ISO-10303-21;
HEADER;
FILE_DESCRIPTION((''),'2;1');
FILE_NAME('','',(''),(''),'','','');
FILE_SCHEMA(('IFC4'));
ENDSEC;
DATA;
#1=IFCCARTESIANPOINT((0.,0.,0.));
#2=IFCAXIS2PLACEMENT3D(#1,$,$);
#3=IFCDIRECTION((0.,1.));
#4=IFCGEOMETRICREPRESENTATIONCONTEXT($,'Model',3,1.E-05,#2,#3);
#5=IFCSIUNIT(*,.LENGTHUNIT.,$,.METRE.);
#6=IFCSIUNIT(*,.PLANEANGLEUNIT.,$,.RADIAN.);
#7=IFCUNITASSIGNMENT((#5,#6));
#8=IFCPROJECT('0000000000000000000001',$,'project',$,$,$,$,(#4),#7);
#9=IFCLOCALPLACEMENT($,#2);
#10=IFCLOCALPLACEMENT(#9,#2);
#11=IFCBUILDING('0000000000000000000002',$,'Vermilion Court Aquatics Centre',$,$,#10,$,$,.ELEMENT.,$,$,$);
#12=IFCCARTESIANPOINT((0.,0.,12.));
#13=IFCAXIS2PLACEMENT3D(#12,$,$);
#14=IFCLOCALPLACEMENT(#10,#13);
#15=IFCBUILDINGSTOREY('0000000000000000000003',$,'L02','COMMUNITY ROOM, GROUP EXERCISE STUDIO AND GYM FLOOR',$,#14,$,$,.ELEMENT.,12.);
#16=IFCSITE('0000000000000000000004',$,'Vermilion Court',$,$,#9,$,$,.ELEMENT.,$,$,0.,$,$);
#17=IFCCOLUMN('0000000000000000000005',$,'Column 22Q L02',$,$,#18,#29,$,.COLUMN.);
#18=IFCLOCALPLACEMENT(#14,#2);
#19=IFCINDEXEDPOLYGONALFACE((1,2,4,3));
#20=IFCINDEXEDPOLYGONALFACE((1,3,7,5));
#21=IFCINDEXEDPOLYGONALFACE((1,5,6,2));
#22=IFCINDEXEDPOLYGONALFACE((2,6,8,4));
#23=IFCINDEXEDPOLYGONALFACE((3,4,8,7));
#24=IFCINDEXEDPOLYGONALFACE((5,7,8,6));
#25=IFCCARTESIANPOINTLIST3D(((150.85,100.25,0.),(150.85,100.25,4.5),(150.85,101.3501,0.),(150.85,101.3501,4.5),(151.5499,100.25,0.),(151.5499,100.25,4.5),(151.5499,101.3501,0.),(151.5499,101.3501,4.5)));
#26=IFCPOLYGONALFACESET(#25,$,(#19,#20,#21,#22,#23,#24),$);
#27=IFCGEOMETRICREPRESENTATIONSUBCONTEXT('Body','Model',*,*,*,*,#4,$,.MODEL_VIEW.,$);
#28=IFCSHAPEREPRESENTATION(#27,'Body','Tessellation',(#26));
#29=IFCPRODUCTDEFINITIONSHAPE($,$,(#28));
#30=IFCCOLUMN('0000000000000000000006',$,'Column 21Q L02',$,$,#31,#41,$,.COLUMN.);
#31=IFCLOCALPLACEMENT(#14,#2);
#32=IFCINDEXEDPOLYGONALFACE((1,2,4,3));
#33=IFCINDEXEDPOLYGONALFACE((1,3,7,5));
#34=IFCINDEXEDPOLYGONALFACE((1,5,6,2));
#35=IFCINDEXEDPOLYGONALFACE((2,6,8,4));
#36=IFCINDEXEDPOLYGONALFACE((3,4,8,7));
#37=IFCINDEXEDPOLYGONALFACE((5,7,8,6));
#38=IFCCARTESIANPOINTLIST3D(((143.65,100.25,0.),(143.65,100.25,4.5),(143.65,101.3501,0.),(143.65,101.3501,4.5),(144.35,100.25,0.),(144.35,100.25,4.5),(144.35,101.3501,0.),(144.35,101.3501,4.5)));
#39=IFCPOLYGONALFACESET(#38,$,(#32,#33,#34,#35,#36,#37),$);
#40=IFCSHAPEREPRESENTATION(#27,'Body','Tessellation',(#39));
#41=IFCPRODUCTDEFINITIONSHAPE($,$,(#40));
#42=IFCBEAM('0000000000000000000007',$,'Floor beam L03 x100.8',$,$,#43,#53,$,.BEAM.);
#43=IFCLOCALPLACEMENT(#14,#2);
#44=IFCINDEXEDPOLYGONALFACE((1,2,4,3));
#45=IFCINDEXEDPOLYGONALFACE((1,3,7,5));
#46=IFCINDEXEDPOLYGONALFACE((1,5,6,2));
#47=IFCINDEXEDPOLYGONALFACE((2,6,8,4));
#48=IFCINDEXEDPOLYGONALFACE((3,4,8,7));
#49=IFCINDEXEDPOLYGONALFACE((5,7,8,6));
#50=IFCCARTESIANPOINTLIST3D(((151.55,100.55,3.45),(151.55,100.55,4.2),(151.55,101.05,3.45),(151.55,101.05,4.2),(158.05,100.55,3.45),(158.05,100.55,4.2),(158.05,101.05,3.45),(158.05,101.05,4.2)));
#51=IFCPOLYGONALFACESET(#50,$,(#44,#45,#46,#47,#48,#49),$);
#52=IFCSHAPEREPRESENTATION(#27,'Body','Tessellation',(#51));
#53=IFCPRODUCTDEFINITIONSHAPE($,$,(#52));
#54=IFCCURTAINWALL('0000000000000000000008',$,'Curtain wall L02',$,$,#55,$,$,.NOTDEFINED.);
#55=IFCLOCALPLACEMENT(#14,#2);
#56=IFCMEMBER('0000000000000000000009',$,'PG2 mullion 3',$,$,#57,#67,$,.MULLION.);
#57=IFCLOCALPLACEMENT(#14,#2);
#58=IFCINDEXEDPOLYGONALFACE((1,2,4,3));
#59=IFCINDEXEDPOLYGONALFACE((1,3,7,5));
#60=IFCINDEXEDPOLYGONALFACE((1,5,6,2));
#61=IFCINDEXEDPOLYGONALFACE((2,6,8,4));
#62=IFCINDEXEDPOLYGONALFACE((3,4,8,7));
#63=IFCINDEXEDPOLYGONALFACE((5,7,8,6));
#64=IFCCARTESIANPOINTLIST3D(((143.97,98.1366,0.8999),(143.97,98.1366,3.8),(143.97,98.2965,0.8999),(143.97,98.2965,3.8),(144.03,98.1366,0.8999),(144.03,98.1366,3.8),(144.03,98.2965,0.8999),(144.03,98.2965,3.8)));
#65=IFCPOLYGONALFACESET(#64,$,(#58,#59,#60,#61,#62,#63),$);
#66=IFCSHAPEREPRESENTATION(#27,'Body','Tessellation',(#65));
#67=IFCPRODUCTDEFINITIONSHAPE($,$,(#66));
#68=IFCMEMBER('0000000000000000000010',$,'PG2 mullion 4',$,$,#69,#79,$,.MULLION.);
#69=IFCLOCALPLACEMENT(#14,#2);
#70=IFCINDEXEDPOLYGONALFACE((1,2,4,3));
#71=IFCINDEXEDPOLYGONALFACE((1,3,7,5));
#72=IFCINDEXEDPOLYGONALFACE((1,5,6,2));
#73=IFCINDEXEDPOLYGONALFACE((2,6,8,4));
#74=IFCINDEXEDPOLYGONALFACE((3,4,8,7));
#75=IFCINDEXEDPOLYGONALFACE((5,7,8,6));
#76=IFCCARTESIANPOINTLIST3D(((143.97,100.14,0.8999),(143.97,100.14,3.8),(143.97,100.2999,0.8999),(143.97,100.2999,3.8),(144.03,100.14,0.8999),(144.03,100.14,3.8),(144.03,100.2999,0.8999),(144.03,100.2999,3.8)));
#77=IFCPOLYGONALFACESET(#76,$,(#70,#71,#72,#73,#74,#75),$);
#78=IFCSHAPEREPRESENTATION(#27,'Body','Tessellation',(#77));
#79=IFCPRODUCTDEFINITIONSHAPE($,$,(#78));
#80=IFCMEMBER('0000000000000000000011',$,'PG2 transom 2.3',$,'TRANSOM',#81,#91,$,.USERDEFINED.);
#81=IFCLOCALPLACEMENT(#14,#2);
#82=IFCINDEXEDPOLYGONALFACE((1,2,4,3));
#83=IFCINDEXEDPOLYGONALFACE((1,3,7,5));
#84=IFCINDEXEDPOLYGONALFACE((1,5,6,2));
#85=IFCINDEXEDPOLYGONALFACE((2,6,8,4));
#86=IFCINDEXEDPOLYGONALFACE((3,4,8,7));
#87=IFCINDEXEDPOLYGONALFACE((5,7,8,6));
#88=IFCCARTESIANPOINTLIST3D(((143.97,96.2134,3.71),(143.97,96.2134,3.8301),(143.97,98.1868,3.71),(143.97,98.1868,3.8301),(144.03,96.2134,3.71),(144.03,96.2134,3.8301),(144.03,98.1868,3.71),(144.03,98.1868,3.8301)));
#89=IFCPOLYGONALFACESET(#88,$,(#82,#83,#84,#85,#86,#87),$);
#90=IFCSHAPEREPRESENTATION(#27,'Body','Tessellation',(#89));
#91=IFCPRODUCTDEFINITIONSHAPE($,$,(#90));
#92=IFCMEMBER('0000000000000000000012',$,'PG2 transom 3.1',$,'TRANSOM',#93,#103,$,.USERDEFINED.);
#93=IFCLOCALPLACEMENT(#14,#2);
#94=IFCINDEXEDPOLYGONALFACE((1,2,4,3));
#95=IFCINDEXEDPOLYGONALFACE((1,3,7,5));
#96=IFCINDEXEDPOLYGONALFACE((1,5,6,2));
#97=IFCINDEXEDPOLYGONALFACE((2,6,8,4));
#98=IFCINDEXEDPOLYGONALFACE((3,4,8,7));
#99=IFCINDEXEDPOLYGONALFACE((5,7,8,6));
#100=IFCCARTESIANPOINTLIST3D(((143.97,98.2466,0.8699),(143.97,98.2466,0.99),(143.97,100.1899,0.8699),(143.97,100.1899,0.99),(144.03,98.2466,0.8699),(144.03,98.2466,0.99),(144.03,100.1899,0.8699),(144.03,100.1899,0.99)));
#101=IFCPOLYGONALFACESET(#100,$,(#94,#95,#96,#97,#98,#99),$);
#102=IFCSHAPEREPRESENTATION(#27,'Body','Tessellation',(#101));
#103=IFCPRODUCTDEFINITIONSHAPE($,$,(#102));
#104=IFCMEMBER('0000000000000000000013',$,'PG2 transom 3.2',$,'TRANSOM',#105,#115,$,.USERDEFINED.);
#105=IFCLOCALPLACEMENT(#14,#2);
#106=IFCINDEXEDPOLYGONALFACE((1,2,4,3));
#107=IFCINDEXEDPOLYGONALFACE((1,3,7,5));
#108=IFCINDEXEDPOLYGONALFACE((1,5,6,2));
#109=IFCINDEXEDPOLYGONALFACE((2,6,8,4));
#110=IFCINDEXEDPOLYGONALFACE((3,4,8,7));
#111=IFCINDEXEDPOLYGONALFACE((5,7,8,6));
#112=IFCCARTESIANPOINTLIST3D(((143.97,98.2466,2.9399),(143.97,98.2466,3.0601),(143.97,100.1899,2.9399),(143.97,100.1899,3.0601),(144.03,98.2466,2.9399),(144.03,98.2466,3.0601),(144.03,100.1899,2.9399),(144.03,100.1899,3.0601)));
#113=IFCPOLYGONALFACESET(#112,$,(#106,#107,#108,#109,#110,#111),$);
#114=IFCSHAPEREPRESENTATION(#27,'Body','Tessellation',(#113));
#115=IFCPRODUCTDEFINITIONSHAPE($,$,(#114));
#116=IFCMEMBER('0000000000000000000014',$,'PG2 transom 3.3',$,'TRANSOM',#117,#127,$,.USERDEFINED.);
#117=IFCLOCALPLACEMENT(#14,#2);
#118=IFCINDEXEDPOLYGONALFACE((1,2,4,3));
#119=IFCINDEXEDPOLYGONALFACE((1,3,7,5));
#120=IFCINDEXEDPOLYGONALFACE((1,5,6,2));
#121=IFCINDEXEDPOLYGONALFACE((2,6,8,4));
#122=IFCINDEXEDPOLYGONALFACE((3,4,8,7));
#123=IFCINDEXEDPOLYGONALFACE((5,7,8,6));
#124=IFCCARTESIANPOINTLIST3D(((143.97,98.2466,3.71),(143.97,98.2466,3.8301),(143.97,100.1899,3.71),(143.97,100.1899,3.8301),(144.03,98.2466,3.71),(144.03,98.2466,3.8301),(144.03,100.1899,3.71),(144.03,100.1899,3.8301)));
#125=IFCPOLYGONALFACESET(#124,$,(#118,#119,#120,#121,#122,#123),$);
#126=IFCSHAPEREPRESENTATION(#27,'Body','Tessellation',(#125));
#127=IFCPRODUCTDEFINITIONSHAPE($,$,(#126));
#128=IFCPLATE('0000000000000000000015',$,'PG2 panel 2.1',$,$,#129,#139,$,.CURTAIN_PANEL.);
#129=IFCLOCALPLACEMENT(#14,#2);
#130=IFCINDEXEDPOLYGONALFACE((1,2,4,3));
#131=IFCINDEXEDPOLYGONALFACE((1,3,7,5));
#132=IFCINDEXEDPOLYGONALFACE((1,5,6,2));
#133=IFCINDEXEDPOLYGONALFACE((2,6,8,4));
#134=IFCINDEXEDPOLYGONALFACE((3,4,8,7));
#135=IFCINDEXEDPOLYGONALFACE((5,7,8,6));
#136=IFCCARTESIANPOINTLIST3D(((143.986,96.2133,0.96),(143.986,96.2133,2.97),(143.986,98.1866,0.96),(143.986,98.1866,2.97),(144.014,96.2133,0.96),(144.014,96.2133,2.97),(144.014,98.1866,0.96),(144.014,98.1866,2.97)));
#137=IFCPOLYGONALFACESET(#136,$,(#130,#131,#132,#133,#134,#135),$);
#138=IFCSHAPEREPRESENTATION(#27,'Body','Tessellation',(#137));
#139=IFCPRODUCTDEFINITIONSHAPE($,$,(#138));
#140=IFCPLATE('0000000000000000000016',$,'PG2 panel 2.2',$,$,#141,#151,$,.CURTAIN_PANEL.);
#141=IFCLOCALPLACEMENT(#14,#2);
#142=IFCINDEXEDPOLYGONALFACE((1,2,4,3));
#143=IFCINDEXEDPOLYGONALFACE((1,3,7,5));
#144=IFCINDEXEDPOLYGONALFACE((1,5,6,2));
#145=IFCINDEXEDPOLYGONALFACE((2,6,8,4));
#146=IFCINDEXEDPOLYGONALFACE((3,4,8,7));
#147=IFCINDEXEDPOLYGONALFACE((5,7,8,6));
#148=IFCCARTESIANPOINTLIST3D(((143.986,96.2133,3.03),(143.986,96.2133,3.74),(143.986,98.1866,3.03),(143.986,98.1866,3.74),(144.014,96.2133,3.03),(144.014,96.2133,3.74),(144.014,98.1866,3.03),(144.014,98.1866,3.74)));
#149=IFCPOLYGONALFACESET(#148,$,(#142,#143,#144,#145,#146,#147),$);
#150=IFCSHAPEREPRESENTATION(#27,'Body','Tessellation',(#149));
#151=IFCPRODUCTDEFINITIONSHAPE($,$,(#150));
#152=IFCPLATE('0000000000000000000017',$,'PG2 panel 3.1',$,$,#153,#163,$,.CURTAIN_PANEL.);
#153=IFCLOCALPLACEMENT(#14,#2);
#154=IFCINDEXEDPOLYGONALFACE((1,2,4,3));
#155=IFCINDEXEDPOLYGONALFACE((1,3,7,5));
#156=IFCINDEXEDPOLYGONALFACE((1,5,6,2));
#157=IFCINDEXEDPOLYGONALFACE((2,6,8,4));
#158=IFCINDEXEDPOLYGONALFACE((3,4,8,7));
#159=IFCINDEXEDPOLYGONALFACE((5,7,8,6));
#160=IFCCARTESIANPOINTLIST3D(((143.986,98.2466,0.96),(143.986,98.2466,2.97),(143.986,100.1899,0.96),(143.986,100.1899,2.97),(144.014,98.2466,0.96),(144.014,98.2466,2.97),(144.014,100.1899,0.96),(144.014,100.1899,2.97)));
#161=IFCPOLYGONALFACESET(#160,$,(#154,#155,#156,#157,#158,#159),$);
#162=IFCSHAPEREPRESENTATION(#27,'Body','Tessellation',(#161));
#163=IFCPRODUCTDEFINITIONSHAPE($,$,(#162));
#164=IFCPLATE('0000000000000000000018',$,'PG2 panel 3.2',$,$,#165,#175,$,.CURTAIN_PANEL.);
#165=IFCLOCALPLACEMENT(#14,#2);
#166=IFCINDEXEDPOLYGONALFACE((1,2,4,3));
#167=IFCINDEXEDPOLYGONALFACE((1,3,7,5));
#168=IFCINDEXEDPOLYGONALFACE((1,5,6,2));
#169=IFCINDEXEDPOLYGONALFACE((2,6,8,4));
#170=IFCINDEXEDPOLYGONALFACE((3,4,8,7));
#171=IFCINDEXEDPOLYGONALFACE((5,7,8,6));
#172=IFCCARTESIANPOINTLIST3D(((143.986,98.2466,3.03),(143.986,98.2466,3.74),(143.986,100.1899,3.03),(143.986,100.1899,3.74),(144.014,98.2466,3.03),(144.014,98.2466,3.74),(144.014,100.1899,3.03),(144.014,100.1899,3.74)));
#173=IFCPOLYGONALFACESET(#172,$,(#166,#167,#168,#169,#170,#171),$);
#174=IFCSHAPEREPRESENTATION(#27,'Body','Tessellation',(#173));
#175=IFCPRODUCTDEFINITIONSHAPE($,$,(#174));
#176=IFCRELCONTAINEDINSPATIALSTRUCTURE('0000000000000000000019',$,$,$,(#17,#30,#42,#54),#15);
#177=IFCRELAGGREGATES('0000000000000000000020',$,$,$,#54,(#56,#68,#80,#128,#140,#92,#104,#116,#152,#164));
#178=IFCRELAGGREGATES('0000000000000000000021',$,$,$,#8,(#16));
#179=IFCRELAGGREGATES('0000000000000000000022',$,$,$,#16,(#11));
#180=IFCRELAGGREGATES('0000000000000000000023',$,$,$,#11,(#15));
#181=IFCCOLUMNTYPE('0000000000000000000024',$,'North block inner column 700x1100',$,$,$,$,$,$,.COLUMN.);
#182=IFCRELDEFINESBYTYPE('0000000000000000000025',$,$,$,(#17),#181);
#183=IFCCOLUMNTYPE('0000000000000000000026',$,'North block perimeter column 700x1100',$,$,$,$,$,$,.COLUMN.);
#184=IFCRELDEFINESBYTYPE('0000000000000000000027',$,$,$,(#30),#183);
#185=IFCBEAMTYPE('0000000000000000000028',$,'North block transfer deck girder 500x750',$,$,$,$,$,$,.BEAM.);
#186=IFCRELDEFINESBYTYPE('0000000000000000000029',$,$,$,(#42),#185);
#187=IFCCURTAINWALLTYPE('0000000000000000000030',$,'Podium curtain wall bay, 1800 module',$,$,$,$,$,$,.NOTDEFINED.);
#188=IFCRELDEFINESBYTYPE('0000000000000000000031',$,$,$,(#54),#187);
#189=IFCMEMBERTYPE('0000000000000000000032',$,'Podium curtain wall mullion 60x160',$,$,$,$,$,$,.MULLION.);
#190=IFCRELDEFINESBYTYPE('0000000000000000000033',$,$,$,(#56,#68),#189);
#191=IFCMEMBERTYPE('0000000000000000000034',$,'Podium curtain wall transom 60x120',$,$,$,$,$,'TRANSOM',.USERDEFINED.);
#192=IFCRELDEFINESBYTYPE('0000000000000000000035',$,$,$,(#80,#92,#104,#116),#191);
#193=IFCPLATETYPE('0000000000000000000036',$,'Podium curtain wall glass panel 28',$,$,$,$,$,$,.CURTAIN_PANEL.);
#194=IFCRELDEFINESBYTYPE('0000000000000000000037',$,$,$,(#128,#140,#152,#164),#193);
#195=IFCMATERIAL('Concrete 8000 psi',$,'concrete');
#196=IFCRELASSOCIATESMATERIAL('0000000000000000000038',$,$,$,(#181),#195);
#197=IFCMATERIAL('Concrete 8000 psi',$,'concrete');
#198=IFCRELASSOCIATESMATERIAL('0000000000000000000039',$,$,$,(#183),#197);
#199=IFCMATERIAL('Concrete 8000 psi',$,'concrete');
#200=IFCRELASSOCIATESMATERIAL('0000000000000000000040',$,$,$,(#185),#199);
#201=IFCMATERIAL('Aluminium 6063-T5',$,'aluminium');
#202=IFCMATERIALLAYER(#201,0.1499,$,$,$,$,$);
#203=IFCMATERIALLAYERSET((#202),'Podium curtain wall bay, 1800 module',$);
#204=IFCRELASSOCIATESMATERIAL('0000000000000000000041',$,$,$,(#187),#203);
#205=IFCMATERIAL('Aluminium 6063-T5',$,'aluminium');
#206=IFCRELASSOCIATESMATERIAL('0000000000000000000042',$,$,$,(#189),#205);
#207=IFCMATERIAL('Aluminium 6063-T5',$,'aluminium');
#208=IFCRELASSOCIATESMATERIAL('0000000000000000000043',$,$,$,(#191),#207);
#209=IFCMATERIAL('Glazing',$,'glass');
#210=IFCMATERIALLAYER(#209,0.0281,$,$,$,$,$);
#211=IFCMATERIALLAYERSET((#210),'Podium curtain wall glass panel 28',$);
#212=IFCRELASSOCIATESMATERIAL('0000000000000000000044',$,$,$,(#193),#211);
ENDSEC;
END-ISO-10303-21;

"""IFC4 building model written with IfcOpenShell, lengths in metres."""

from ifc_helpers import new_model, si_unit, direction, frame, origin, origin_2d, place, context, subcontext, project, spatial, rectangle, extrude, material, layer, layer_set, material_profile, profile_set, type_object, element, aggregate, save


model = new_model("IFC4")

# Units and contexts
model_context = context("Model", 3, precision=1e-05, world=origin(), true_north=direction((0.0, 1.0)))
body_context = subcontext(model_context, "Body", "Model", "MODEL_VIEW")
ifc_project = project(units=[si_unit("LENGTHUNIT", "METRE"), si_unit("PLANEANGLEUNIT", "RADIAN")], contexts=[model_context])

# Site, building, storey
site_placement = place(None, origin())
site = spatial("IfcSite", under=ifc_project, at=site_placement, Name="Vermilion Court", CompositionType="ELEMENT", RefElevation=0.0)
building_placement = place(site_placement, origin())
building = spatial("IfcBuilding", under=site, at=building_placement, Name="Vermilion Court Aquatics Centre", CompositionType="ELEMENT")
storey_placement = place(building_placement, frame((0.0, 0.0, 12.0)))
storey = spatial("IfcBuildingStorey", under=building, at=storey_placement, Name="L02", Description="COMMUNITY ROOM, GROUP EXERCISE STUDIO AND GYM FLOOR", CompositionType="ELEMENT", Elevation=12.0)

# Columns
ifc_material_1 = material(Name="Concrete 8000 psi", Category="concrete")
ifc_material_profile_1 = material_profile(ifc_material_1, rectangle(XDim=0.7, YDim=1.1001, at=origin_2d()), Name="RC 700x1100")
ifc_profile_set_1 = profile_set([ifc_material_profile_1], Name="Concrete 8000 psi")
column_type_1 = type_object("IfcColumnType", Name="North block inner column 700x1100", PredefinedType="COLUMN", material=ifc_profile_set_1)
column_1_placement = place(storey_placement, frame((151.2, 100.8, 0.0), z_axis=(0.0, 0.0, 1.0), x_axis=(1.0, 0.0, 0.0)))
element("IfcColumn", 1, at=column_1_placement, inside=storey, type_object=column_type_1, Name="Column 22Q L02", PredefinedType="COLUMN", context=body_context, shape_type="SweptSolid", body=[
    extrude(rectangle(XDim=0.7, YDim=1.1001, at=origin_2d()), origin(), (0.0, 0.0, 1.0), 4.5),
])
ifc_material_2 = material(Name="Concrete 8000 psi", Category="concrete")
ifc_material_profile_2 = material_profile(ifc_material_2, rectangle(XDim=0.7, YDim=1.1001, at=origin_2d()), Name="RC 700x1100")
ifc_profile_set_2 = profile_set([ifc_material_profile_2], Name="Concrete 8000 psi")
column_type_2 = type_object("IfcColumnType", Name="North block perimeter column 700x1100", PredefinedType="COLUMN", material=ifc_profile_set_2)
column_2_placement = place(storey_placement, frame((144.0, 100.8, 0.0), z_axis=(0.0, 0.0, 1.0), x_axis=(1.0, 0.0, 0.0)))
element("IfcColumn", 2, at=column_2_placement, inside=storey, type_object=column_type_2, Name="Column 21Q L02", PredefinedType="COLUMN", context=body_context, shape_type="SweptSolid", body=[
    extrude(rectangle(XDim=0.7, YDim=1.1001, at=origin_2d()), origin(), (0.0, 0.0, 1.0), 4.5),
])

# Beam
ifc_material_3 = material(Name="Concrete 8000 psi", Category="concrete")
ifc_material_profile_3 = material_profile(ifc_material_3, rectangle(XDim=0.5, YDim=0.75, at=origin_2d()), Name="RC 500x750")
ifc_profile_set_3 = profile_set([ifc_material_profile_3], Name="Concrete 8000 psi")
beam_type = type_object("IfcBeamType", Name="North block transfer deck girder 500x750", PredefinedType="BEAM", material=ifc_profile_set_3)
beam_placement = place(storey_placement, frame((151.55, 100.8, 3.825), z_axis=(1.0, 0.0, 0.0), x_axis=(0.0, 1.0, 0.0)))
element("IfcBeam", 3, at=beam_placement, inside=storey, type_object=beam_type, Name="Floor beam L03 x100.8", PredefinedType="BEAM", context=body_context, shape_type="SweptSolid", body=[
    extrude(rectangle(XDim=0.5, YDim=0.75, at=origin_2d()), origin(), (0.0, 0.0, 1.0), 6.5),
])

# Curtain wall, members, plates
ifc_material_4 = material(Name="Aluminium 6063-T5", Category="aluminium")
ifc_layer_1 = layer(ifc_material_4, 0.1499)
ifc_layer_set_1 = layer_set([ifc_layer_1], Name="Podium curtain wall bay, 1800 module")
curtain_wall_type = type_object("IfcCurtainWallType", Name="Podium curtain wall bay, 1800 module", PredefinedType="NOTDEFINED", material=ifc_layer_set_1)
curtain_wall_placement = place(storey_placement, origin())
curtain_wall = element("IfcCurtainWall", 4, at=curtain_wall_placement, inside=storey, type_object=curtain_wall_type, Name="Curtain wall L02", PredefinedType="NOTDEFINED")
ifc_material_5 = material(Name="Aluminium 6063-T5", Category="aluminium")
ifc_material_profile_4 = material_profile(ifc_material_5, rectangle(XDim=0.0601, YDim=0.1599, at=origin_2d()), Name="Mullion 60x160")
ifc_profile_set_4 = profile_set([ifc_material_profile_4], Name="Aluminium 6063-T5")
member_type_1 = type_object("IfcMemberType", Name="Podium curtain wall mullion 60x160", PredefinedType="MULLION", material=ifc_profile_set_4)
member_1_placement = place(storey_placement, frame((144.0, 98.2166, 0.8999), z_axis=(0.0, 0.0, 1.0), x_axis=(-1.0, 0.0, 0.0)))
member_1 = element("IfcMember", 5, at=member_1_placement, type_object=member_type_1, Name="PG2 mullion 3", PredefinedType="MULLION", context=body_context, shape_type="SweptSolid", body=[
    extrude(rectangle(XDim=0.0601, YDim=0.1599, at=origin_2d()), origin(), (0.0, 0.0, 1.0), 2.9001),
])
member_2_placement = place(storey_placement, frame((144.0, 100.22, 0.8999), z_axis=(0.0, 0.0, 1.0), x_axis=(-1.0, 0.0, 0.0)))
member_2 = element("IfcMember", 6, at=member_2_placement, type_object=member_type_1, Name="PG2 mullion 4", PredefinedType="MULLION", context=body_context, shape_type="SweptSolid", body=[
    extrude(rectangle(XDim=0.0601, YDim=0.1599, at=origin_2d()), origin(), (0.0, 0.0, 1.0), 2.9001),
])
ifc_material_6 = material(Name="Aluminium 6063-T5", Category="aluminium")
ifc_material_profile_5 = material_profile(ifc_material_6, rectangle(XDim=0.0601, YDim=0.1201, at=origin_2d()), Name="Transom 60x120")
ifc_profile_set_5 = profile_set([ifc_material_profile_5], Name="Aluminium 6063-T5")
member_type_2 = type_object("IfcMemberType", Name="Podium curtain wall transom 60x120", ElementType="TRANSOM", PredefinedType="USERDEFINED", material=ifc_profile_set_5)
member_3_placement = place(storey_placement, frame((144.0, 96.2134, 3.77), z_axis=(0.0, 1.0, 0.0), x_axis=(-1.0, 0.0, 0.0)))
member_3 = element("IfcMember", 7, at=member_3_placement, type_object=member_type_2, Name="PG2 transom 2.3", ObjectType="TRANSOM", PredefinedType="USERDEFINED", context=body_context, shape_type="SweptSolid", body=[
    extrude(rectangle(XDim=0.0601, YDim=0.1201, at=origin_2d()), origin(), (0.0, 0.0, 1.0), 1.9734),
])
member_4_placement = place(storey_placement, frame((144.0, 98.2466, 0.9299), z_axis=(0.0, 1.0, 0.0), x_axis=(-1.0, 0.0, 0.0)))
member_4 = element("IfcMember", 8, at=member_4_placement, type_object=member_type_2, Name="PG2 transom 3.1", ObjectType="TRANSOM", PredefinedType="USERDEFINED", context=body_context, shape_type="SweptSolid", body=[
    extrude(rectangle(XDim=0.0601, YDim=0.1201, at=origin_2d()), origin(), (0.0, 0.0, 1.0), 1.9434),
])
member_5_placement = place(storey_placement, frame((144.0, 98.2466, 3.0), z_axis=(0.0, 1.0, 0.0), x_axis=(-1.0, 0.0, 0.0)))
member_5 = element("IfcMember", 9, at=member_5_placement, type_object=member_type_2, Name="PG2 transom 3.2", ObjectType="TRANSOM", PredefinedType="USERDEFINED", context=body_context, shape_type="SweptSolid", body=[
    extrude(rectangle(XDim=0.0601, YDim=0.1201, at=origin_2d()), origin(), (0.0, 0.0, 1.0), 1.9434),
])
member_6_placement = place(storey_placement, frame((144.0, 98.2466, 3.77), z_axis=(0.0, 1.0, 0.0), x_axis=(-1.0, 0.0, 0.0)))
member_6 = element("IfcMember", 10, at=member_6_placement, type_object=member_type_2, Name="PG2 transom 3.3", ObjectType="TRANSOM", PredefinedType="USERDEFINED", context=body_context, shape_type="SweptSolid", body=[
    extrude(rectangle(XDim=0.0601, YDim=0.1201, at=origin_2d()), origin(), (0.0, 0.0, 1.0), 1.9434),
])
ifc_material_7 = material(Name="Glazing", Category="glass")
ifc_layer_2 = layer(ifc_material_7, 0.0281)
ifc_layer_set_2 = layer_set([ifc_layer_2], Name="Podium curtain wall glass panel 28")
plate_type = type_object("IfcPlateType", Name="Podium curtain wall glass panel 28", PredefinedType="CURTAIN_PANEL", material=ifc_layer_set_2)
plate_1_placement = place(storey_placement, frame((144.0, 97.2, 0.96), z_axis=(0.0, 0.0, 1.0), x_axis=(0.0, 1.0, 0.0)))
plate_1 = element("IfcPlate", 11, at=plate_1_placement, type_object=plate_type, Name="PG2 panel 2.1", PredefinedType="CURTAIN_PANEL", context=body_context, shape_type="SweptSolid", body=[
    extrude(rectangle(XDim=1.9734, YDim=0.0281, at=origin_2d()), origin(), (0.0, 0.0, 1.0), 2.01),
])
plate_2_placement = place(storey_placement, frame((144.0, 97.2, 3.03), z_axis=(0.0, 0.0, 1.0), x_axis=(0.0, 1.0, 0.0)))
plate_2 = element("IfcPlate", 12, at=plate_2_placement, type_object=plate_type, Name="PG2 panel 2.2", PredefinedType="CURTAIN_PANEL", context=body_context, shape_type="SweptSolid", body=[
    extrude(rectangle(XDim=1.9734, YDim=0.0281, at=origin_2d()), origin(), (0.0, 0.0, 1.0), 0.71),
])
plate_3_placement = place(storey_placement, frame((144.0, 99.2183, 0.96), z_axis=(0.0, 0.0, 1.0), x_axis=(0.0, 1.0, 0.0)))
plate_3 = element("IfcPlate", 13, at=plate_3_placement, type_object=plate_type, Name="PG2 panel 3.1", PredefinedType="CURTAIN_PANEL", context=body_context, shape_type="SweptSolid", body=[
    extrude(rectangle(XDim=1.9434, YDim=0.0281, at=origin_2d()), origin(), (0.0, 0.0, 1.0), 2.01),
])
plate_4_placement = place(storey_placement, frame((144.0, 99.2183, 3.03), z_axis=(0.0, 0.0, 1.0), x_axis=(0.0, 1.0, 0.0)))
plate_4 = element("IfcPlate", 14, at=plate_4_placement, type_object=plate_type, Name="PG2 panel 3.2", PredefinedType="CURTAIN_PANEL", context=body_context, shape_type="SweptSolid", body=[
    extrude(rectangle(XDim=1.9434, YDim=0.0281, at=origin_2d()), origin(), (0.0, 0.0, 1.0), 0.71),
])
aggregate(curtain_wall, [member_1, member_2, member_3, plate_1, plate_2, member_4, member_5, member_6, plate_3, plate_4])

save(model, "model.ifc")
